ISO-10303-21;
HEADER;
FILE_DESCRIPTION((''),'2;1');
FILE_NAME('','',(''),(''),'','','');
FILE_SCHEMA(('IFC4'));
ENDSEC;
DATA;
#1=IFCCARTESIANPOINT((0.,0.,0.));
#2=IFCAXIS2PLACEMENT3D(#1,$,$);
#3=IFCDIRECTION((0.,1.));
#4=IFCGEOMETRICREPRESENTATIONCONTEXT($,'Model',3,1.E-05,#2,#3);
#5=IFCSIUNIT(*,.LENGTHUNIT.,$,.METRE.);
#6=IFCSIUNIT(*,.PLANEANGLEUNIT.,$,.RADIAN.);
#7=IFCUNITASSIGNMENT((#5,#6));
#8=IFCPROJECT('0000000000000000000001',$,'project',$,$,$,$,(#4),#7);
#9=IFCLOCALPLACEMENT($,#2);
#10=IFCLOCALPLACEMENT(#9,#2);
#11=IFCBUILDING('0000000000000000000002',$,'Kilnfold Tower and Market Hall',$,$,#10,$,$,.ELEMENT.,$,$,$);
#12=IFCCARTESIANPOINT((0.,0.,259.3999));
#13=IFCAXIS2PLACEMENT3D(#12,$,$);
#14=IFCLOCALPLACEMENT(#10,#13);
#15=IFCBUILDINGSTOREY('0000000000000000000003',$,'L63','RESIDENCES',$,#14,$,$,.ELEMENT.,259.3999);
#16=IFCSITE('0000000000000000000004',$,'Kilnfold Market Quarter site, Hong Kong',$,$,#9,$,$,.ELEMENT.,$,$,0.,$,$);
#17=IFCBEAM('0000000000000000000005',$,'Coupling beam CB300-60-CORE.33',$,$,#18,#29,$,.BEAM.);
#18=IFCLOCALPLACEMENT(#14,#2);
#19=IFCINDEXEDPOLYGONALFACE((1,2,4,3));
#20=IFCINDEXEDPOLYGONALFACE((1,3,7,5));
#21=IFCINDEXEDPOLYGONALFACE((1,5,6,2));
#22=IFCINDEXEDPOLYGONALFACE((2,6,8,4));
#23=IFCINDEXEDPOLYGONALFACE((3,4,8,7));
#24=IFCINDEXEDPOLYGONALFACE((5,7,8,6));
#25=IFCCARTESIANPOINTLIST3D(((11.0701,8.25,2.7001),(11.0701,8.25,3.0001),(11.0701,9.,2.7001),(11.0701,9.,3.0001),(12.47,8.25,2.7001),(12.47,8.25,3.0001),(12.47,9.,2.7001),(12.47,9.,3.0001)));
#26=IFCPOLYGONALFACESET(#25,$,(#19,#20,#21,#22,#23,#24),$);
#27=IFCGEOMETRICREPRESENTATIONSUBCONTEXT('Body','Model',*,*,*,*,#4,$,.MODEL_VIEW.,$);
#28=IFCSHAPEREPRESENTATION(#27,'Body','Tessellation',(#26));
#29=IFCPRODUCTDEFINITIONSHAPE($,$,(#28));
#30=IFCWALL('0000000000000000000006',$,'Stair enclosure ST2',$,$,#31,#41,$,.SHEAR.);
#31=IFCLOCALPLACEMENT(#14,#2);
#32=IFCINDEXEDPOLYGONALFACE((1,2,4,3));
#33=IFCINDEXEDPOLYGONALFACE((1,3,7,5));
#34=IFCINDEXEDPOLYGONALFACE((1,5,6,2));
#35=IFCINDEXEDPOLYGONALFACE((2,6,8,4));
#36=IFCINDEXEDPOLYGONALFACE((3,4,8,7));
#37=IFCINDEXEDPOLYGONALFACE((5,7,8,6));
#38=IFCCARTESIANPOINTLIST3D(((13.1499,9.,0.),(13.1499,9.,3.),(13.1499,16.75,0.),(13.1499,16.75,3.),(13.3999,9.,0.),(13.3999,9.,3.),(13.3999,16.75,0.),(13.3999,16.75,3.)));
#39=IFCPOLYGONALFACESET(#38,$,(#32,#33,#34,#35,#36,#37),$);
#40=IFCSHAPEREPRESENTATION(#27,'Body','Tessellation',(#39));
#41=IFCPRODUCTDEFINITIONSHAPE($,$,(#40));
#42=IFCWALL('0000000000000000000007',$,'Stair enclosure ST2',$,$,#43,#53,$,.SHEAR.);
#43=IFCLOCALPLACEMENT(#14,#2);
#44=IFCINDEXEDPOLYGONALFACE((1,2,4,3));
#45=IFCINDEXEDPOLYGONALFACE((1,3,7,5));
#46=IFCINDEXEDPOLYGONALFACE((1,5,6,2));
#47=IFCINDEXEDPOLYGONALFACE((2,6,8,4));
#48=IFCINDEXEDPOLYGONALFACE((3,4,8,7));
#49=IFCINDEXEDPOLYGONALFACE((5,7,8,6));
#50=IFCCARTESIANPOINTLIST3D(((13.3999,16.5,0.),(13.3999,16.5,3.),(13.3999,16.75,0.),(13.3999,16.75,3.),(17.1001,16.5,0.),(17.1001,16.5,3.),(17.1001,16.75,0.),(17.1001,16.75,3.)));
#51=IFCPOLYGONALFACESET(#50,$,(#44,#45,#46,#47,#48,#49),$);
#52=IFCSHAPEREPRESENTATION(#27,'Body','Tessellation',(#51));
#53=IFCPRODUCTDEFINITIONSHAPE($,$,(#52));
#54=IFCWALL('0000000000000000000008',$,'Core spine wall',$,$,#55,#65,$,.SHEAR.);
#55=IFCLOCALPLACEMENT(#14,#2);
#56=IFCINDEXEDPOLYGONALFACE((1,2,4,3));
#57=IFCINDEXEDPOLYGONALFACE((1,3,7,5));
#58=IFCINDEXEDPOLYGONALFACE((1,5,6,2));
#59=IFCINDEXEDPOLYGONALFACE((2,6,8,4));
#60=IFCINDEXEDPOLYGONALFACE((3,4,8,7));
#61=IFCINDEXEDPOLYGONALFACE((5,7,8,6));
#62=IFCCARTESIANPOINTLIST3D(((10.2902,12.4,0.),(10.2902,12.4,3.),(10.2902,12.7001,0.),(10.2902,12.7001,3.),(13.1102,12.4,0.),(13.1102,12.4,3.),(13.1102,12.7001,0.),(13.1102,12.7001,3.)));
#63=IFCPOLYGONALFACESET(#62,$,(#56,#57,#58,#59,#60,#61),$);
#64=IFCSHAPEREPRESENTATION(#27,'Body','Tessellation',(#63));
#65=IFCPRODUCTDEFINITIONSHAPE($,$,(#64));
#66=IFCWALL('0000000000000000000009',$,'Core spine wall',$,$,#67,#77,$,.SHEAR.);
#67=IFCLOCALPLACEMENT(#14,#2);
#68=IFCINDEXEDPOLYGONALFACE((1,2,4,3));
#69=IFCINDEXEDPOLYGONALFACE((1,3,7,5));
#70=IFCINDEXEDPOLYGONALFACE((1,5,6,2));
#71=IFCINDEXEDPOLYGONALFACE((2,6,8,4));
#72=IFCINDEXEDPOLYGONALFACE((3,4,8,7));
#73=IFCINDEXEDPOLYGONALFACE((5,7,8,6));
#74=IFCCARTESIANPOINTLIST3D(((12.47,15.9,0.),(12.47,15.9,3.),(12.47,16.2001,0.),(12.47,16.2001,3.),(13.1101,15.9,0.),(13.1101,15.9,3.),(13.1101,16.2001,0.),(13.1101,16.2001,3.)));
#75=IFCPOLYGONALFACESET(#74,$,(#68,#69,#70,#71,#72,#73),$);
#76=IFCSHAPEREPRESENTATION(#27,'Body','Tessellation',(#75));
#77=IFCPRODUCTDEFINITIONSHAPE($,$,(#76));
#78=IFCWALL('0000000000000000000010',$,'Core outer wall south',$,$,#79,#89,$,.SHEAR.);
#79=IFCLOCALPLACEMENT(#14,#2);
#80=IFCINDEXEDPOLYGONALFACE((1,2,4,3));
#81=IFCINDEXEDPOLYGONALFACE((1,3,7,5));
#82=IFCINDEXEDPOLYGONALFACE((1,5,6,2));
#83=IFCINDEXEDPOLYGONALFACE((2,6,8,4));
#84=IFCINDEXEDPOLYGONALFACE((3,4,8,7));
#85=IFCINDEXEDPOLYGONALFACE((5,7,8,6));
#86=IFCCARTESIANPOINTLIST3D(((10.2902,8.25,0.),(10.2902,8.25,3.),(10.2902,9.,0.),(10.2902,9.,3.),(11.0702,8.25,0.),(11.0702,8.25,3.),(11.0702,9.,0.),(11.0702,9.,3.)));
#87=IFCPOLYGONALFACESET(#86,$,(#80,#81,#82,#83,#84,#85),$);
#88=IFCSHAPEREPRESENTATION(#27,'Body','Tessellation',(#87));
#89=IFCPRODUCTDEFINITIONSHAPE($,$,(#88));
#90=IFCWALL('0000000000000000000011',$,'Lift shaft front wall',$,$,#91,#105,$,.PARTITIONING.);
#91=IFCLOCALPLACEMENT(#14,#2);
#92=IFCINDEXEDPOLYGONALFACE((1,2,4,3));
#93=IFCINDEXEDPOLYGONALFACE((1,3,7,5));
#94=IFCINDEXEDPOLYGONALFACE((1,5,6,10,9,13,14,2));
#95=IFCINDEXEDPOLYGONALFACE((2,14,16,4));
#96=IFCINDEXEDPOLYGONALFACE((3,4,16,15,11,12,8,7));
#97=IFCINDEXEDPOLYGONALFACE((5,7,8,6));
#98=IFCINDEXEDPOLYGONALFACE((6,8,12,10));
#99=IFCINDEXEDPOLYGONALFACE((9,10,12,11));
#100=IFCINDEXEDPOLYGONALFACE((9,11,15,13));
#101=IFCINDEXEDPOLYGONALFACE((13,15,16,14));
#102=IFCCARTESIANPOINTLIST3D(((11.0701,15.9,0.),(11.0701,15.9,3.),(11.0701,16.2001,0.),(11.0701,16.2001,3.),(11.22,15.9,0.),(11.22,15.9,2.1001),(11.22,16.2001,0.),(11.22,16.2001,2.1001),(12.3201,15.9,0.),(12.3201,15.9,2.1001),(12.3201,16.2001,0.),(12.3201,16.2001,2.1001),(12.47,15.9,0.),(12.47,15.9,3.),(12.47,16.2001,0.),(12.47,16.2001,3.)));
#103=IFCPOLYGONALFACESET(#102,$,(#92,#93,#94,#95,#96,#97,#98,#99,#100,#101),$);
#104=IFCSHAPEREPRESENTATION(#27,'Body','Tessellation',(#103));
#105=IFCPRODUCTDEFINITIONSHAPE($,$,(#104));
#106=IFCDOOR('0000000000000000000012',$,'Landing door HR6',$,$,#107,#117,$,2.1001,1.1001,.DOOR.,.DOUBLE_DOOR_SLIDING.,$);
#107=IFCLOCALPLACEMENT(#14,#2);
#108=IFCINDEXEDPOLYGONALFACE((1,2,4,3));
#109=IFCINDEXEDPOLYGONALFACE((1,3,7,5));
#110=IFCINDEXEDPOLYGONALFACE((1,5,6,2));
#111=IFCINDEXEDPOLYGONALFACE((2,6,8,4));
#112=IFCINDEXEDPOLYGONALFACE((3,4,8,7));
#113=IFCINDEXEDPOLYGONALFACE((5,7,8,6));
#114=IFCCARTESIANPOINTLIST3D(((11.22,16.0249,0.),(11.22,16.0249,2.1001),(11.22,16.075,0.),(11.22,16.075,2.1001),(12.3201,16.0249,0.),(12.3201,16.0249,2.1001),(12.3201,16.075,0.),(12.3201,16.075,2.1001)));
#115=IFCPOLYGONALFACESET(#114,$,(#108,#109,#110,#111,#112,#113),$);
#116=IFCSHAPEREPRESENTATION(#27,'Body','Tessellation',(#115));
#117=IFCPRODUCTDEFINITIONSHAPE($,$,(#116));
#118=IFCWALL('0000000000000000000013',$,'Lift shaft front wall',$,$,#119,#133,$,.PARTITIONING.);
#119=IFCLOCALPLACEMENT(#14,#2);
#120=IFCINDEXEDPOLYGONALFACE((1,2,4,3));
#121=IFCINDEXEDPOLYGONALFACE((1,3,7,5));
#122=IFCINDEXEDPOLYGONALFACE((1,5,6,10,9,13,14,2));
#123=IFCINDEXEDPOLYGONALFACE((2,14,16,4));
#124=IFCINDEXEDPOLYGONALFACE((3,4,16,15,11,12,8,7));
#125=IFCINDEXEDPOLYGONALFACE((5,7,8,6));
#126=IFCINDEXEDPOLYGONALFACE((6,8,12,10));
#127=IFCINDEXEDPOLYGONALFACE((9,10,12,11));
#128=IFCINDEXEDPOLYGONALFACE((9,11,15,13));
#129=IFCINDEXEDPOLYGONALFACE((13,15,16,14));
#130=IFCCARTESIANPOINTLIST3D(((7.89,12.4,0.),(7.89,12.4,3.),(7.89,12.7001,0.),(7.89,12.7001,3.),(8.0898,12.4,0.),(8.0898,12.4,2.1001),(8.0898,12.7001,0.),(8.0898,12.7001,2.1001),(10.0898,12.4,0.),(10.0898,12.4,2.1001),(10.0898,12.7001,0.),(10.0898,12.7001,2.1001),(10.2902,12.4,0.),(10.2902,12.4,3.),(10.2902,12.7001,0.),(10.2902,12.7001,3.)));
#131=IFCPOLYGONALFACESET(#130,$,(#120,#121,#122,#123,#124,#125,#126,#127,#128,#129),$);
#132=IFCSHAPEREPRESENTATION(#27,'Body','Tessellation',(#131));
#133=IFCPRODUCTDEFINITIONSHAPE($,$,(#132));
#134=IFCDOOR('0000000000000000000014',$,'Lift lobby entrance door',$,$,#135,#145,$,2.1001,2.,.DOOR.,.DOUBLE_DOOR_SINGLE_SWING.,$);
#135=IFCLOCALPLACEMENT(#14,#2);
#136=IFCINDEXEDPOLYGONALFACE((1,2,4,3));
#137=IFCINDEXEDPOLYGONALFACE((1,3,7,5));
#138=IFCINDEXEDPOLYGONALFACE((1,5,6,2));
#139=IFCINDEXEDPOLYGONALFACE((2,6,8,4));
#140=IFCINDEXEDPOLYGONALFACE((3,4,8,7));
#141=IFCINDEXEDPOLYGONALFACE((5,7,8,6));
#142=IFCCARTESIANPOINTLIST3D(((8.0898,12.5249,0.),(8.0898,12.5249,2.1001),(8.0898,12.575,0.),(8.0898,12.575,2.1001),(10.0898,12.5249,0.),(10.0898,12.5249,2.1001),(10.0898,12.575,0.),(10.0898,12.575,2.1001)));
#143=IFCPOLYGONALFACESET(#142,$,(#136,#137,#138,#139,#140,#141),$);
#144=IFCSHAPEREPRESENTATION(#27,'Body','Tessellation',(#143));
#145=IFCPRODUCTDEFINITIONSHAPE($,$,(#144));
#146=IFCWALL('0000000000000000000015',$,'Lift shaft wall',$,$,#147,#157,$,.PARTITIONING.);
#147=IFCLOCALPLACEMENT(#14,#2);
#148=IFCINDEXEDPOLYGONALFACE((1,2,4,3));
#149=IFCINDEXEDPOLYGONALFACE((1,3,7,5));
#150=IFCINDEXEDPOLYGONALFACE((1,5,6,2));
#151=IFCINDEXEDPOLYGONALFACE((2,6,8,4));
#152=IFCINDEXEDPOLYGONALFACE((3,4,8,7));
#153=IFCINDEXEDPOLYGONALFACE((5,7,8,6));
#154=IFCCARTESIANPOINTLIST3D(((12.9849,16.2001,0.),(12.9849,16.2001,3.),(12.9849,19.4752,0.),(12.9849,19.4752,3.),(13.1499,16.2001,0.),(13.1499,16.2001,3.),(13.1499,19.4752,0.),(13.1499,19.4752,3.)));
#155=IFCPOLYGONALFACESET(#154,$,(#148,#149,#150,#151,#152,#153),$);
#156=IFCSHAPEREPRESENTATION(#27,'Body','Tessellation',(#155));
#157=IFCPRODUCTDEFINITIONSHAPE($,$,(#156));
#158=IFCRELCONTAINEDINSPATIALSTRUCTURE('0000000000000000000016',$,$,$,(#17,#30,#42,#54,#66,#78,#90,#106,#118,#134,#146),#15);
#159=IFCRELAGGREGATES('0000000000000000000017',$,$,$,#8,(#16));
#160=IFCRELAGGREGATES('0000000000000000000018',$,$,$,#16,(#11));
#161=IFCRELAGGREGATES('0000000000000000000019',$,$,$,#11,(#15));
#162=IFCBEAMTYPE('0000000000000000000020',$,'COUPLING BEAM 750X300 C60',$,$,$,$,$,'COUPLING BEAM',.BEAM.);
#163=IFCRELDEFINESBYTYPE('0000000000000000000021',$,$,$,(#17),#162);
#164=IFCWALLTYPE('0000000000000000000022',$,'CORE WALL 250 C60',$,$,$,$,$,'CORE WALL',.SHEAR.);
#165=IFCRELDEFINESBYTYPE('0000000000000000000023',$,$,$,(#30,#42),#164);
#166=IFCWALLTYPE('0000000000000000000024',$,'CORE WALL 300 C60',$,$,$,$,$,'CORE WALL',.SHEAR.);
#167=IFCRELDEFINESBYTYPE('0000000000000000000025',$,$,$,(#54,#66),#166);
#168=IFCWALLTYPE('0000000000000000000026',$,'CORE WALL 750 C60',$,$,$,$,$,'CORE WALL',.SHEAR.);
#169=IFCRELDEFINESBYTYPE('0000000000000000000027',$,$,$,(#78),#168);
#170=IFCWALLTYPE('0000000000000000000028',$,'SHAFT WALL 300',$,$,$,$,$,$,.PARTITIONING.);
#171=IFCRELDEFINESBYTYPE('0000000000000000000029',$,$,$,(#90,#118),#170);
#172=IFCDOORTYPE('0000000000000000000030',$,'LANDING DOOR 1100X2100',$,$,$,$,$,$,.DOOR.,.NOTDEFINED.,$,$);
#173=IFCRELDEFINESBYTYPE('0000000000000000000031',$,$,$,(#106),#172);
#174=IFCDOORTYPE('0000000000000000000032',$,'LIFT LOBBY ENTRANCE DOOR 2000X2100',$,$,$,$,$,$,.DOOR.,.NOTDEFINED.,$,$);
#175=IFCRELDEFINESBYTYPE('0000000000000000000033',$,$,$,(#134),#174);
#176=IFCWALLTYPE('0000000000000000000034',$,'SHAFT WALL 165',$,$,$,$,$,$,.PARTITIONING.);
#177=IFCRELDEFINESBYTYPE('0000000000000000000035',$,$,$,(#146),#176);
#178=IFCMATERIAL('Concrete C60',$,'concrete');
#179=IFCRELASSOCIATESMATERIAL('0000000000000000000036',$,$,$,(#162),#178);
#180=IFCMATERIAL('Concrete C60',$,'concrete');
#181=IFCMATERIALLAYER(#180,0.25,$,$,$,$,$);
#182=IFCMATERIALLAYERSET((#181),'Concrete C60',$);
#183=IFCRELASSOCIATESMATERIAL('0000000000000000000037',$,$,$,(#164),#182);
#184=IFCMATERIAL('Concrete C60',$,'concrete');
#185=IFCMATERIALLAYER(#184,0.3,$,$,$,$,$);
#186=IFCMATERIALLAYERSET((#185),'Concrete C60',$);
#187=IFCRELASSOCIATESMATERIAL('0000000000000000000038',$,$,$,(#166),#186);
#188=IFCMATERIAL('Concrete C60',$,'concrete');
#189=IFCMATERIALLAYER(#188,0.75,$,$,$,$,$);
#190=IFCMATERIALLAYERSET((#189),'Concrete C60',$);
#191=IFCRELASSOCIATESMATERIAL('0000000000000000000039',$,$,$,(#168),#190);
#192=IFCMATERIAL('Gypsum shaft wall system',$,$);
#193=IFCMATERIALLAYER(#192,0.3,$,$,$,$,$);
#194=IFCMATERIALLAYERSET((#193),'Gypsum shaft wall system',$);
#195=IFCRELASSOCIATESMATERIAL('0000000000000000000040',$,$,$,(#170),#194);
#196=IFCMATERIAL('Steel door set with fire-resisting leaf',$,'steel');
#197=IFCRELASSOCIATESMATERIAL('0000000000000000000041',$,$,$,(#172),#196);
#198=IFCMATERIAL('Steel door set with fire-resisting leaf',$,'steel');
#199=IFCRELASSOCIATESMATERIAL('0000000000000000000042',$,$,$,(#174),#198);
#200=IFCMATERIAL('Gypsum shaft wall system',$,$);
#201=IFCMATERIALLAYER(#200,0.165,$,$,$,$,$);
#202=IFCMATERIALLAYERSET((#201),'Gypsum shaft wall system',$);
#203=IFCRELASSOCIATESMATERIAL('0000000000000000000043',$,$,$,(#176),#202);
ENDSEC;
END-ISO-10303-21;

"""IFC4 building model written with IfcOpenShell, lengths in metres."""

from ifc_helpers import new_model, si_unit, direction, frame, frame_2d, origin, origin_2d, place, context, subcontext, project, spatial, rectangle, extrude, source, transform, mapped, material, layer, layer_set, material_profile, profile_set, type_object, element, fill, save


model = new_model("IFC4")

# Units and contexts
model_context = context("Model", 3, precision=1e-05, world=origin(), true_north=direction((0.0, 1.0)))
body_context = subcontext(model_context, "Body", "Model", "MODEL_VIEW")
ifc_project = project(units=[si_unit("LENGTHUNIT", "METRE"), si_unit("PLANEANGLEUNIT", "RADIAN")], contexts=[model_context])

# Site, building, storey
site_placement = place(None, origin())
site = spatial("IfcSite", under=ifc_project, at=site_placement, Name="Kilnfold Market Quarter site, Hong Kong", CompositionType="ELEMENT", RefElevation=0.0)
building_placement = place(site_placement, origin())
building = spatial("IfcBuilding", under=site, at=building_placement, Name="Kilnfold Tower and Market Hall", CompositionType="ELEMENT")
storey_placement = place(building_placement, frame((0.0, 0.0, 259.3999)))
storey = spatial("IfcBuildingStorey", under=building, at=storey_placement, Name="L63", Description="RESIDENCES", CompositionType="ELEMENT", Elevation=259.3999)

# Beam
ifc_material_1 = material(Name="Concrete C60", Category="concrete")
ifc_material_profile = material_profile(ifc_material_1, rectangle(XDim=0.75, YDim=0.3, at=origin_2d()), Name="RC 750x300")
ifc_profile_set = profile_set([ifc_material_profile], Name="Concrete C60")
beam_type = type_object("IfcBeamType", Name="COUPLING BEAM 750X300 C60", ElementType="COUPLING BEAM", PredefinedType="BEAM", material=ifc_profile_set)
shared_shape_1 = source(origin(), body_context, "Body", "SweptSolid", [
    extrude(rectangle(XDim=0.75, YDim=0.3, at=origin_2d()), origin(), (0.0, 0.0, 1.0), 1.3999),
])
beam_placement = place(storey_placement, frame((11.0701, 8.625, 2.8501), z_axis=(1.0, 0.0, 0.0), x_axis=(0.0, 1.0, 0.0)))
element("IfcBeam", 1, at=beam_placement, inside=storey, type_object=beam_type, Name="Coupling beam CB300-60-CORE.33", PredefinedType="BEAM", context=body_context, shape_type="MappedRepresentation", body=[
    mapped(shared_shape_1, transform((0.0, 0.0, 0.0))),
])

# Walls
ifc_material_2 = material(Name="Concrete C60", Category="concrete")
ifc_layer_1 = layer(ifc_material_2, 0.25)
ifc_layer_set_1 = layer_set([ifc_layer_1], Name="Concrete C60")
wall_type_1 = type_object("IfcWallType", Name="CORE WALL 250 C60", ElementType="CORE WALL", PredefinedType="SHEAR", material=ifc_layer_set_1)
shared_shape_2 = source(origin(), body_context, "Body", "SweptSolid", [
    extrude(rectangle(XDim=7.75, YDim=0.25, at=frame_2d((3.875, 0.0))), origin(), (0.0, 0.0, 1.0), 3.0),
])
wall_1_placement = place(storey_placement, frame((13.2749, 9.0, 0.0), z_axis=(0.0, 0.0, 1.0), x_axis=(0.0, 1.0, 0.0)))
element("IfcWall", 2, at=wall_1_placement, inside=storey, type_object=wall_type_1, Name="Stair enclosure ST2", PredefinedType="SHEAR", context=body_context, shape_type="MappedRepresentation", body=[
    mapped(shared_shape_2, transform((0.0, 0.0, 0.0))),
])
shared_shape_3 = source(origin(), body_context, "Body", "SweptSolid", [
    extrude(rectangle(XDim=3.7002, YDim=0.25, at=frame_2d((1.8501, 0.0))), origin(), (0.0, 0.0, 1.0), 3.0),
])
wall_2_placement = place(storey_placement, frame((13.3999, 16.625, 0.0), z_axis=(0.0, 0.0, 1.0), x_axis=(1.0, 0.0, 0.0)))
element("IfcWall", 3, at=wall_2_placement, inside=storey, type_object=wall_type_1, Name="Stair enclosure ST2", PredefinedType="SHEAR", context=body_context, shape_type="MappedRepresentation", body=[
    mapped(shared_shape_3, transform((0.0, 0.0, 0.0))),
])
ifc_material_3 = material(Name="Concrete C60", Category="concrete")
ifc_layer_2 = layer(ifc_material_3, 0.3)
ifc_layer_set_2 = layer_set([ifc_layer_2], Name="Concrete C60")
wall_type_2 = type_object("IfcWallType", Name="CORE WALL 300 C60", ElementType="CORE WALL", PredefinedType="SHEAR", material=ifc_layer_set_2)
shared_shape_4 = source(origin(), body_context, "Body", "SweptSolid", [
    extrude(rectangle(XDim=2.8201, YDim=0.3, at=frame_2d((1.4102, 0.0))), origin(), (0.0, 0.0, 1.0), 3.0),
])
wall_3_placement = place(storey_placement, frame((10.29, 12.55, 0.0), z_axis=(0.0, 0.0, 1.0), x_axis=(1.0, 0.0, 0.0)))
element("IfcWall", 4, at=wall_3_placement, inside=storey, type_object=wall_type_2, Name="Core spine wall", PredefinedType="SHEAR", context=body_context, shape_type="MappedRepresentation", body=[
    mapped(shared_shape_4, transform((0.0, 0.0, 0.0))),
])
shared_shape_5 = source(origin(), body_context, "Body", "SweptSolid", [
    extrude(rectangle(XDim=0.6401, YDim=0.3, at=frame_2d((0.3201, 0.0))), origin(), (0.0, 0.0, 1.0), 3.0),
])
wall_4_placement = place(storey_placement, frame((12.47, 16.05, 0.0), z_axis=(0.0, 0.0, 1.0), x_axis=(1.0, 0.0, 0.0)))
element("IfcWall", 5, at=wall_4_placement, inside=storey, type_object=wall_type_2, Name="Core spine wall", PredefinedType="SHEAR", context=body_context, shape_type="MappedRepresentation", body=[
    mapped(shared_shape_5, transform((0.0, 0.0, 0.0))),
])
ifc_material_4 = material(Name="Concrete C60", Category="concrete")
ifc_layer_3 = layer(ifc_material_4, 0.75)
ifc_layer_set_3 = layer_set([ifc_layer_3], Name="Concrete C60")
wall_type_3 = type_object("IfcWallType", Name="CORE WALL 750 C60", ElementType="CORE WALL", PredefinedType="SHEAR", material=ifc_layer_set_3)
shared_shape_6 = source(origin(), body_context, "Body", "SweptSolid", [
    extrude(rectangle(XDim=0.78, YDim=0.75, at=frame_2d((0.3901, 0.0))), origin(), (0.0, 0.0, 1.0), 3.0),
])
wall_5_placement = place(storey_placement, frame((10.29, 8.625, 0.0), z_axis=(0.0, 0.0, 1.0), x_axis=(1.0, 0.0, 0.0)))
element("IfcWall", 6, at=wall_5_placement, inside=storey, type_object=wall_type_3, Name="Core outer wall south", PredefinedType="SHEAR", context=body_context, shape_type="MappedRepresentation", body=[
    mapped(shared_shape_6, transform((0.0, 0.0, 0.0))),
])

# Walls, openings, doors
ifc_material_5 = material(Name="Gypsum shaft wall system")
ifc_layer_4 = layer(ifc_material_5, 0.3)
ifc_layer_set_4 = layer_set([ifc_layer_4], Name="Gypsum shaft wall system")
wall_type_4 = type_object("IfcWallType", Name="SHAFT WALL 300", PredefinedType="PARTITIONING", material=ifc_layer_set_4)
shared_shape_7 = source(origin(), body_context, "Body", "SweptSolid", [
    extrude(rectangle(XDim=1.3999, YDim=0.3, at=frame_2d((0.7, 0.0))), origin(), (0.0, 0.0, 1.0), 3.0),
])
wall_6_placement = place(storey_placement, frame((11.0701, 16.05, 0.0), z_axis=(0.0, 0.0, 1.0), x_axis=(1.0, 0.0, 0.0)))
wall_6 = element("IfcWall", 7, at=wall_6_placement, inside=storey, type_object=wall_type_4, Name="Lift shaft front wall", PredefinedType="PARTITIONING", context=body_context, shape_type="MappedRepresentation", body=[
    mapped(shared_shape_7, transform((0.0, 0.0, 0.0))),
])
opening_1_placement = place(wall_6_placement, frame((0.1499, 0.0, 0.0)))
opening_1 = element("IfcOpeningElement", 8, at=opening_1_placement, cuts=wall_6, PredefinedType="OPENING", context=body_context, shape_type="SweptSolid", body=[
    extrude(rectangle(XDim=1.1001, YDim=2.1001, at=frame_2d((0.55, 1.05))), frame((0.0, 0.1602, 0.0), z_axis=(0.0, -1.0, 0.0), x_axis=(1.0, 0.0, 0.0)), (0.0, 0.0, 1.0), 0.3201),
])
ifc_material_6 = material(Name="Steel door set with fire-resisting leaf", Category="steel")
door_type_1 = type_object("IfcDoorType", Name="LANDING DOOR 1100X2100", OperationType="NOTDEFINED", PredefinedType="DOOR", material=ifc_material_6)
door_1_placement = place(opening_1_placement, origin())
door_1 = element("IfcDoor", 9, at=door_1_placement, inside=storey, type_object=door_type_1, Name="Landing door HR6", OperationType="DOUBLE_DOOR_SLIDING", OverallHeight=2.1001, OverallWidth=1.1001, PredefinedType="DOOR", context=body_context, shape_type="SweptSolid", body=[
    extrude(rectangle(XDim=1.1001, YDim=2.1001, at=frame_2d((0.55, 1.05))), frame((0.0, 0.0249, 0.0), z_axis=(0.0, -1.0, 0.0), x_axis=(1.0, 0.0, 0.0)), (0.0, 0.0, 1.0), 0.05),
])
fill(opening_1, door_1)
shared_shape_8 = source(origin(), body_context, "Body", "SweptSolid", [
    extrude(rectangle(XDim=2.4001, YDim=0.3, at=frame_2d((1.2002, 0.0))), origin(), (0.0, 0.0, 1.0), 3.0),
])
wall_7_placement = place(storey_placement, frame((7.8899, 12.55, 0.0), z_axis=(0.0, 0.0, 1.0), x_axis=(1.0, 0.0, 0.0)))
wall_7 = element("IfcWall", 10, at=wall_7_placement, inside=storey, type_object=wall_type_4, Name="Lift shaft front wall", PredefinedType="PARTITIONING", context=body_context, shape_type="MappedRepresentation", body=[
    mapped(shared_shape_8, transform((0.0, 0.0, 0.0))),
])
opening_2_placement = place(wall_7_placement, frame((0.2, 0.0, 0.0)))
opening_2 = element("IfcOpeningElement", 11, at=opening_2_placement, cuts=wall_7, PredefinedType="OPENING", context=body_context, shape_type="SweptSolid", body=[
    extrude(rectangle(XDim=2.0, YDim=2.1001, at=frame_2d((1.0, 1.05))), frame((0.0, 0.1602, 0.0), z_axis=(0.0, -1.0, 0.0), x_axis=(1.0, 0.0, 0.0)), (0.0, 0.0, 1.0), 0.3201),
])
ifc_material_7 = material(Name="Steel door set with fire-resisting leaf", Category="steel")
door_type_2 = type_object("IfcDoorType", Name="LIFT LOBBY ENTRANCE DOOR 2000X2100", OperationType="NOTDEFINED", PredefinedType="DOOR", material=ifc_material_7)
door_2_placement = place(opening_2_placement, origin())
door_2 = element("IfcDoor", 12, at=door_2_placement, inside=storey, type_object=door_type_2, Name="Lift lobby entrance door", OperationType="DOUBLE_DOOR_SINGLE_SWING", OverallHeight=2.1001, OverallWidth=2.0, PredefinedType="DOOR", context=body_context, shape_type="SweptSolid", body=[
    extrude(rectangle(XDim=2.0, YDim=2.1001, at=frame_2d((1.0, 1.05))), frame((0.0, 0.0249, 0.0), z_axis=(0.0, -1.0, 0.0), x_axis=(1.0, 0.0, 0.0)), (0.0, 0.0, 1.0), 0.05),
])
fill(opening_2, door_2)

# Wall
ifc_material_8 = material(Name="Gypsum shaft wall system")
ifc_layer_5 = layer(ifc_material_8, 0.165)
ifc_layer_set_5 = layer_set([ifc_layer_5], Name="Gypsum shaft wall system")
wall_type_5 = type_object("IfcWallType", Name="SHAFT WALL 165", PredefinedType="PARTITIONING", material=ifc_layer_set_5)
shared_shape_9 = source(origin(), body_context, "Body", "SweptSolid", [
    extrude(rectangle(XDim=3.2751, YDim=0.165, at=frame_2d((1.6377, 0.0))), origin(), (0.0, 0.0, 1.0), 3.0),
])
wall_8_placement = place(storey_placement, frame((13.0674, 16.2, 0.0), z_axis=(0.0, 0.0, 1.0), x_axis=(0.0, 1.0, 0.0)))
element("IfcWall", 13, at=wall_8_placement, inside=storey, type_object=wall_type_5, Name="Lift shaft wall", PredefinedType="PARTITIONING", context=body_context, shape_type="MappedRepresentation", body=[
    mapped(shared_shape_9, transform((0.0, 0.0, 0.0))),
])

save(model, "model.ifc")
